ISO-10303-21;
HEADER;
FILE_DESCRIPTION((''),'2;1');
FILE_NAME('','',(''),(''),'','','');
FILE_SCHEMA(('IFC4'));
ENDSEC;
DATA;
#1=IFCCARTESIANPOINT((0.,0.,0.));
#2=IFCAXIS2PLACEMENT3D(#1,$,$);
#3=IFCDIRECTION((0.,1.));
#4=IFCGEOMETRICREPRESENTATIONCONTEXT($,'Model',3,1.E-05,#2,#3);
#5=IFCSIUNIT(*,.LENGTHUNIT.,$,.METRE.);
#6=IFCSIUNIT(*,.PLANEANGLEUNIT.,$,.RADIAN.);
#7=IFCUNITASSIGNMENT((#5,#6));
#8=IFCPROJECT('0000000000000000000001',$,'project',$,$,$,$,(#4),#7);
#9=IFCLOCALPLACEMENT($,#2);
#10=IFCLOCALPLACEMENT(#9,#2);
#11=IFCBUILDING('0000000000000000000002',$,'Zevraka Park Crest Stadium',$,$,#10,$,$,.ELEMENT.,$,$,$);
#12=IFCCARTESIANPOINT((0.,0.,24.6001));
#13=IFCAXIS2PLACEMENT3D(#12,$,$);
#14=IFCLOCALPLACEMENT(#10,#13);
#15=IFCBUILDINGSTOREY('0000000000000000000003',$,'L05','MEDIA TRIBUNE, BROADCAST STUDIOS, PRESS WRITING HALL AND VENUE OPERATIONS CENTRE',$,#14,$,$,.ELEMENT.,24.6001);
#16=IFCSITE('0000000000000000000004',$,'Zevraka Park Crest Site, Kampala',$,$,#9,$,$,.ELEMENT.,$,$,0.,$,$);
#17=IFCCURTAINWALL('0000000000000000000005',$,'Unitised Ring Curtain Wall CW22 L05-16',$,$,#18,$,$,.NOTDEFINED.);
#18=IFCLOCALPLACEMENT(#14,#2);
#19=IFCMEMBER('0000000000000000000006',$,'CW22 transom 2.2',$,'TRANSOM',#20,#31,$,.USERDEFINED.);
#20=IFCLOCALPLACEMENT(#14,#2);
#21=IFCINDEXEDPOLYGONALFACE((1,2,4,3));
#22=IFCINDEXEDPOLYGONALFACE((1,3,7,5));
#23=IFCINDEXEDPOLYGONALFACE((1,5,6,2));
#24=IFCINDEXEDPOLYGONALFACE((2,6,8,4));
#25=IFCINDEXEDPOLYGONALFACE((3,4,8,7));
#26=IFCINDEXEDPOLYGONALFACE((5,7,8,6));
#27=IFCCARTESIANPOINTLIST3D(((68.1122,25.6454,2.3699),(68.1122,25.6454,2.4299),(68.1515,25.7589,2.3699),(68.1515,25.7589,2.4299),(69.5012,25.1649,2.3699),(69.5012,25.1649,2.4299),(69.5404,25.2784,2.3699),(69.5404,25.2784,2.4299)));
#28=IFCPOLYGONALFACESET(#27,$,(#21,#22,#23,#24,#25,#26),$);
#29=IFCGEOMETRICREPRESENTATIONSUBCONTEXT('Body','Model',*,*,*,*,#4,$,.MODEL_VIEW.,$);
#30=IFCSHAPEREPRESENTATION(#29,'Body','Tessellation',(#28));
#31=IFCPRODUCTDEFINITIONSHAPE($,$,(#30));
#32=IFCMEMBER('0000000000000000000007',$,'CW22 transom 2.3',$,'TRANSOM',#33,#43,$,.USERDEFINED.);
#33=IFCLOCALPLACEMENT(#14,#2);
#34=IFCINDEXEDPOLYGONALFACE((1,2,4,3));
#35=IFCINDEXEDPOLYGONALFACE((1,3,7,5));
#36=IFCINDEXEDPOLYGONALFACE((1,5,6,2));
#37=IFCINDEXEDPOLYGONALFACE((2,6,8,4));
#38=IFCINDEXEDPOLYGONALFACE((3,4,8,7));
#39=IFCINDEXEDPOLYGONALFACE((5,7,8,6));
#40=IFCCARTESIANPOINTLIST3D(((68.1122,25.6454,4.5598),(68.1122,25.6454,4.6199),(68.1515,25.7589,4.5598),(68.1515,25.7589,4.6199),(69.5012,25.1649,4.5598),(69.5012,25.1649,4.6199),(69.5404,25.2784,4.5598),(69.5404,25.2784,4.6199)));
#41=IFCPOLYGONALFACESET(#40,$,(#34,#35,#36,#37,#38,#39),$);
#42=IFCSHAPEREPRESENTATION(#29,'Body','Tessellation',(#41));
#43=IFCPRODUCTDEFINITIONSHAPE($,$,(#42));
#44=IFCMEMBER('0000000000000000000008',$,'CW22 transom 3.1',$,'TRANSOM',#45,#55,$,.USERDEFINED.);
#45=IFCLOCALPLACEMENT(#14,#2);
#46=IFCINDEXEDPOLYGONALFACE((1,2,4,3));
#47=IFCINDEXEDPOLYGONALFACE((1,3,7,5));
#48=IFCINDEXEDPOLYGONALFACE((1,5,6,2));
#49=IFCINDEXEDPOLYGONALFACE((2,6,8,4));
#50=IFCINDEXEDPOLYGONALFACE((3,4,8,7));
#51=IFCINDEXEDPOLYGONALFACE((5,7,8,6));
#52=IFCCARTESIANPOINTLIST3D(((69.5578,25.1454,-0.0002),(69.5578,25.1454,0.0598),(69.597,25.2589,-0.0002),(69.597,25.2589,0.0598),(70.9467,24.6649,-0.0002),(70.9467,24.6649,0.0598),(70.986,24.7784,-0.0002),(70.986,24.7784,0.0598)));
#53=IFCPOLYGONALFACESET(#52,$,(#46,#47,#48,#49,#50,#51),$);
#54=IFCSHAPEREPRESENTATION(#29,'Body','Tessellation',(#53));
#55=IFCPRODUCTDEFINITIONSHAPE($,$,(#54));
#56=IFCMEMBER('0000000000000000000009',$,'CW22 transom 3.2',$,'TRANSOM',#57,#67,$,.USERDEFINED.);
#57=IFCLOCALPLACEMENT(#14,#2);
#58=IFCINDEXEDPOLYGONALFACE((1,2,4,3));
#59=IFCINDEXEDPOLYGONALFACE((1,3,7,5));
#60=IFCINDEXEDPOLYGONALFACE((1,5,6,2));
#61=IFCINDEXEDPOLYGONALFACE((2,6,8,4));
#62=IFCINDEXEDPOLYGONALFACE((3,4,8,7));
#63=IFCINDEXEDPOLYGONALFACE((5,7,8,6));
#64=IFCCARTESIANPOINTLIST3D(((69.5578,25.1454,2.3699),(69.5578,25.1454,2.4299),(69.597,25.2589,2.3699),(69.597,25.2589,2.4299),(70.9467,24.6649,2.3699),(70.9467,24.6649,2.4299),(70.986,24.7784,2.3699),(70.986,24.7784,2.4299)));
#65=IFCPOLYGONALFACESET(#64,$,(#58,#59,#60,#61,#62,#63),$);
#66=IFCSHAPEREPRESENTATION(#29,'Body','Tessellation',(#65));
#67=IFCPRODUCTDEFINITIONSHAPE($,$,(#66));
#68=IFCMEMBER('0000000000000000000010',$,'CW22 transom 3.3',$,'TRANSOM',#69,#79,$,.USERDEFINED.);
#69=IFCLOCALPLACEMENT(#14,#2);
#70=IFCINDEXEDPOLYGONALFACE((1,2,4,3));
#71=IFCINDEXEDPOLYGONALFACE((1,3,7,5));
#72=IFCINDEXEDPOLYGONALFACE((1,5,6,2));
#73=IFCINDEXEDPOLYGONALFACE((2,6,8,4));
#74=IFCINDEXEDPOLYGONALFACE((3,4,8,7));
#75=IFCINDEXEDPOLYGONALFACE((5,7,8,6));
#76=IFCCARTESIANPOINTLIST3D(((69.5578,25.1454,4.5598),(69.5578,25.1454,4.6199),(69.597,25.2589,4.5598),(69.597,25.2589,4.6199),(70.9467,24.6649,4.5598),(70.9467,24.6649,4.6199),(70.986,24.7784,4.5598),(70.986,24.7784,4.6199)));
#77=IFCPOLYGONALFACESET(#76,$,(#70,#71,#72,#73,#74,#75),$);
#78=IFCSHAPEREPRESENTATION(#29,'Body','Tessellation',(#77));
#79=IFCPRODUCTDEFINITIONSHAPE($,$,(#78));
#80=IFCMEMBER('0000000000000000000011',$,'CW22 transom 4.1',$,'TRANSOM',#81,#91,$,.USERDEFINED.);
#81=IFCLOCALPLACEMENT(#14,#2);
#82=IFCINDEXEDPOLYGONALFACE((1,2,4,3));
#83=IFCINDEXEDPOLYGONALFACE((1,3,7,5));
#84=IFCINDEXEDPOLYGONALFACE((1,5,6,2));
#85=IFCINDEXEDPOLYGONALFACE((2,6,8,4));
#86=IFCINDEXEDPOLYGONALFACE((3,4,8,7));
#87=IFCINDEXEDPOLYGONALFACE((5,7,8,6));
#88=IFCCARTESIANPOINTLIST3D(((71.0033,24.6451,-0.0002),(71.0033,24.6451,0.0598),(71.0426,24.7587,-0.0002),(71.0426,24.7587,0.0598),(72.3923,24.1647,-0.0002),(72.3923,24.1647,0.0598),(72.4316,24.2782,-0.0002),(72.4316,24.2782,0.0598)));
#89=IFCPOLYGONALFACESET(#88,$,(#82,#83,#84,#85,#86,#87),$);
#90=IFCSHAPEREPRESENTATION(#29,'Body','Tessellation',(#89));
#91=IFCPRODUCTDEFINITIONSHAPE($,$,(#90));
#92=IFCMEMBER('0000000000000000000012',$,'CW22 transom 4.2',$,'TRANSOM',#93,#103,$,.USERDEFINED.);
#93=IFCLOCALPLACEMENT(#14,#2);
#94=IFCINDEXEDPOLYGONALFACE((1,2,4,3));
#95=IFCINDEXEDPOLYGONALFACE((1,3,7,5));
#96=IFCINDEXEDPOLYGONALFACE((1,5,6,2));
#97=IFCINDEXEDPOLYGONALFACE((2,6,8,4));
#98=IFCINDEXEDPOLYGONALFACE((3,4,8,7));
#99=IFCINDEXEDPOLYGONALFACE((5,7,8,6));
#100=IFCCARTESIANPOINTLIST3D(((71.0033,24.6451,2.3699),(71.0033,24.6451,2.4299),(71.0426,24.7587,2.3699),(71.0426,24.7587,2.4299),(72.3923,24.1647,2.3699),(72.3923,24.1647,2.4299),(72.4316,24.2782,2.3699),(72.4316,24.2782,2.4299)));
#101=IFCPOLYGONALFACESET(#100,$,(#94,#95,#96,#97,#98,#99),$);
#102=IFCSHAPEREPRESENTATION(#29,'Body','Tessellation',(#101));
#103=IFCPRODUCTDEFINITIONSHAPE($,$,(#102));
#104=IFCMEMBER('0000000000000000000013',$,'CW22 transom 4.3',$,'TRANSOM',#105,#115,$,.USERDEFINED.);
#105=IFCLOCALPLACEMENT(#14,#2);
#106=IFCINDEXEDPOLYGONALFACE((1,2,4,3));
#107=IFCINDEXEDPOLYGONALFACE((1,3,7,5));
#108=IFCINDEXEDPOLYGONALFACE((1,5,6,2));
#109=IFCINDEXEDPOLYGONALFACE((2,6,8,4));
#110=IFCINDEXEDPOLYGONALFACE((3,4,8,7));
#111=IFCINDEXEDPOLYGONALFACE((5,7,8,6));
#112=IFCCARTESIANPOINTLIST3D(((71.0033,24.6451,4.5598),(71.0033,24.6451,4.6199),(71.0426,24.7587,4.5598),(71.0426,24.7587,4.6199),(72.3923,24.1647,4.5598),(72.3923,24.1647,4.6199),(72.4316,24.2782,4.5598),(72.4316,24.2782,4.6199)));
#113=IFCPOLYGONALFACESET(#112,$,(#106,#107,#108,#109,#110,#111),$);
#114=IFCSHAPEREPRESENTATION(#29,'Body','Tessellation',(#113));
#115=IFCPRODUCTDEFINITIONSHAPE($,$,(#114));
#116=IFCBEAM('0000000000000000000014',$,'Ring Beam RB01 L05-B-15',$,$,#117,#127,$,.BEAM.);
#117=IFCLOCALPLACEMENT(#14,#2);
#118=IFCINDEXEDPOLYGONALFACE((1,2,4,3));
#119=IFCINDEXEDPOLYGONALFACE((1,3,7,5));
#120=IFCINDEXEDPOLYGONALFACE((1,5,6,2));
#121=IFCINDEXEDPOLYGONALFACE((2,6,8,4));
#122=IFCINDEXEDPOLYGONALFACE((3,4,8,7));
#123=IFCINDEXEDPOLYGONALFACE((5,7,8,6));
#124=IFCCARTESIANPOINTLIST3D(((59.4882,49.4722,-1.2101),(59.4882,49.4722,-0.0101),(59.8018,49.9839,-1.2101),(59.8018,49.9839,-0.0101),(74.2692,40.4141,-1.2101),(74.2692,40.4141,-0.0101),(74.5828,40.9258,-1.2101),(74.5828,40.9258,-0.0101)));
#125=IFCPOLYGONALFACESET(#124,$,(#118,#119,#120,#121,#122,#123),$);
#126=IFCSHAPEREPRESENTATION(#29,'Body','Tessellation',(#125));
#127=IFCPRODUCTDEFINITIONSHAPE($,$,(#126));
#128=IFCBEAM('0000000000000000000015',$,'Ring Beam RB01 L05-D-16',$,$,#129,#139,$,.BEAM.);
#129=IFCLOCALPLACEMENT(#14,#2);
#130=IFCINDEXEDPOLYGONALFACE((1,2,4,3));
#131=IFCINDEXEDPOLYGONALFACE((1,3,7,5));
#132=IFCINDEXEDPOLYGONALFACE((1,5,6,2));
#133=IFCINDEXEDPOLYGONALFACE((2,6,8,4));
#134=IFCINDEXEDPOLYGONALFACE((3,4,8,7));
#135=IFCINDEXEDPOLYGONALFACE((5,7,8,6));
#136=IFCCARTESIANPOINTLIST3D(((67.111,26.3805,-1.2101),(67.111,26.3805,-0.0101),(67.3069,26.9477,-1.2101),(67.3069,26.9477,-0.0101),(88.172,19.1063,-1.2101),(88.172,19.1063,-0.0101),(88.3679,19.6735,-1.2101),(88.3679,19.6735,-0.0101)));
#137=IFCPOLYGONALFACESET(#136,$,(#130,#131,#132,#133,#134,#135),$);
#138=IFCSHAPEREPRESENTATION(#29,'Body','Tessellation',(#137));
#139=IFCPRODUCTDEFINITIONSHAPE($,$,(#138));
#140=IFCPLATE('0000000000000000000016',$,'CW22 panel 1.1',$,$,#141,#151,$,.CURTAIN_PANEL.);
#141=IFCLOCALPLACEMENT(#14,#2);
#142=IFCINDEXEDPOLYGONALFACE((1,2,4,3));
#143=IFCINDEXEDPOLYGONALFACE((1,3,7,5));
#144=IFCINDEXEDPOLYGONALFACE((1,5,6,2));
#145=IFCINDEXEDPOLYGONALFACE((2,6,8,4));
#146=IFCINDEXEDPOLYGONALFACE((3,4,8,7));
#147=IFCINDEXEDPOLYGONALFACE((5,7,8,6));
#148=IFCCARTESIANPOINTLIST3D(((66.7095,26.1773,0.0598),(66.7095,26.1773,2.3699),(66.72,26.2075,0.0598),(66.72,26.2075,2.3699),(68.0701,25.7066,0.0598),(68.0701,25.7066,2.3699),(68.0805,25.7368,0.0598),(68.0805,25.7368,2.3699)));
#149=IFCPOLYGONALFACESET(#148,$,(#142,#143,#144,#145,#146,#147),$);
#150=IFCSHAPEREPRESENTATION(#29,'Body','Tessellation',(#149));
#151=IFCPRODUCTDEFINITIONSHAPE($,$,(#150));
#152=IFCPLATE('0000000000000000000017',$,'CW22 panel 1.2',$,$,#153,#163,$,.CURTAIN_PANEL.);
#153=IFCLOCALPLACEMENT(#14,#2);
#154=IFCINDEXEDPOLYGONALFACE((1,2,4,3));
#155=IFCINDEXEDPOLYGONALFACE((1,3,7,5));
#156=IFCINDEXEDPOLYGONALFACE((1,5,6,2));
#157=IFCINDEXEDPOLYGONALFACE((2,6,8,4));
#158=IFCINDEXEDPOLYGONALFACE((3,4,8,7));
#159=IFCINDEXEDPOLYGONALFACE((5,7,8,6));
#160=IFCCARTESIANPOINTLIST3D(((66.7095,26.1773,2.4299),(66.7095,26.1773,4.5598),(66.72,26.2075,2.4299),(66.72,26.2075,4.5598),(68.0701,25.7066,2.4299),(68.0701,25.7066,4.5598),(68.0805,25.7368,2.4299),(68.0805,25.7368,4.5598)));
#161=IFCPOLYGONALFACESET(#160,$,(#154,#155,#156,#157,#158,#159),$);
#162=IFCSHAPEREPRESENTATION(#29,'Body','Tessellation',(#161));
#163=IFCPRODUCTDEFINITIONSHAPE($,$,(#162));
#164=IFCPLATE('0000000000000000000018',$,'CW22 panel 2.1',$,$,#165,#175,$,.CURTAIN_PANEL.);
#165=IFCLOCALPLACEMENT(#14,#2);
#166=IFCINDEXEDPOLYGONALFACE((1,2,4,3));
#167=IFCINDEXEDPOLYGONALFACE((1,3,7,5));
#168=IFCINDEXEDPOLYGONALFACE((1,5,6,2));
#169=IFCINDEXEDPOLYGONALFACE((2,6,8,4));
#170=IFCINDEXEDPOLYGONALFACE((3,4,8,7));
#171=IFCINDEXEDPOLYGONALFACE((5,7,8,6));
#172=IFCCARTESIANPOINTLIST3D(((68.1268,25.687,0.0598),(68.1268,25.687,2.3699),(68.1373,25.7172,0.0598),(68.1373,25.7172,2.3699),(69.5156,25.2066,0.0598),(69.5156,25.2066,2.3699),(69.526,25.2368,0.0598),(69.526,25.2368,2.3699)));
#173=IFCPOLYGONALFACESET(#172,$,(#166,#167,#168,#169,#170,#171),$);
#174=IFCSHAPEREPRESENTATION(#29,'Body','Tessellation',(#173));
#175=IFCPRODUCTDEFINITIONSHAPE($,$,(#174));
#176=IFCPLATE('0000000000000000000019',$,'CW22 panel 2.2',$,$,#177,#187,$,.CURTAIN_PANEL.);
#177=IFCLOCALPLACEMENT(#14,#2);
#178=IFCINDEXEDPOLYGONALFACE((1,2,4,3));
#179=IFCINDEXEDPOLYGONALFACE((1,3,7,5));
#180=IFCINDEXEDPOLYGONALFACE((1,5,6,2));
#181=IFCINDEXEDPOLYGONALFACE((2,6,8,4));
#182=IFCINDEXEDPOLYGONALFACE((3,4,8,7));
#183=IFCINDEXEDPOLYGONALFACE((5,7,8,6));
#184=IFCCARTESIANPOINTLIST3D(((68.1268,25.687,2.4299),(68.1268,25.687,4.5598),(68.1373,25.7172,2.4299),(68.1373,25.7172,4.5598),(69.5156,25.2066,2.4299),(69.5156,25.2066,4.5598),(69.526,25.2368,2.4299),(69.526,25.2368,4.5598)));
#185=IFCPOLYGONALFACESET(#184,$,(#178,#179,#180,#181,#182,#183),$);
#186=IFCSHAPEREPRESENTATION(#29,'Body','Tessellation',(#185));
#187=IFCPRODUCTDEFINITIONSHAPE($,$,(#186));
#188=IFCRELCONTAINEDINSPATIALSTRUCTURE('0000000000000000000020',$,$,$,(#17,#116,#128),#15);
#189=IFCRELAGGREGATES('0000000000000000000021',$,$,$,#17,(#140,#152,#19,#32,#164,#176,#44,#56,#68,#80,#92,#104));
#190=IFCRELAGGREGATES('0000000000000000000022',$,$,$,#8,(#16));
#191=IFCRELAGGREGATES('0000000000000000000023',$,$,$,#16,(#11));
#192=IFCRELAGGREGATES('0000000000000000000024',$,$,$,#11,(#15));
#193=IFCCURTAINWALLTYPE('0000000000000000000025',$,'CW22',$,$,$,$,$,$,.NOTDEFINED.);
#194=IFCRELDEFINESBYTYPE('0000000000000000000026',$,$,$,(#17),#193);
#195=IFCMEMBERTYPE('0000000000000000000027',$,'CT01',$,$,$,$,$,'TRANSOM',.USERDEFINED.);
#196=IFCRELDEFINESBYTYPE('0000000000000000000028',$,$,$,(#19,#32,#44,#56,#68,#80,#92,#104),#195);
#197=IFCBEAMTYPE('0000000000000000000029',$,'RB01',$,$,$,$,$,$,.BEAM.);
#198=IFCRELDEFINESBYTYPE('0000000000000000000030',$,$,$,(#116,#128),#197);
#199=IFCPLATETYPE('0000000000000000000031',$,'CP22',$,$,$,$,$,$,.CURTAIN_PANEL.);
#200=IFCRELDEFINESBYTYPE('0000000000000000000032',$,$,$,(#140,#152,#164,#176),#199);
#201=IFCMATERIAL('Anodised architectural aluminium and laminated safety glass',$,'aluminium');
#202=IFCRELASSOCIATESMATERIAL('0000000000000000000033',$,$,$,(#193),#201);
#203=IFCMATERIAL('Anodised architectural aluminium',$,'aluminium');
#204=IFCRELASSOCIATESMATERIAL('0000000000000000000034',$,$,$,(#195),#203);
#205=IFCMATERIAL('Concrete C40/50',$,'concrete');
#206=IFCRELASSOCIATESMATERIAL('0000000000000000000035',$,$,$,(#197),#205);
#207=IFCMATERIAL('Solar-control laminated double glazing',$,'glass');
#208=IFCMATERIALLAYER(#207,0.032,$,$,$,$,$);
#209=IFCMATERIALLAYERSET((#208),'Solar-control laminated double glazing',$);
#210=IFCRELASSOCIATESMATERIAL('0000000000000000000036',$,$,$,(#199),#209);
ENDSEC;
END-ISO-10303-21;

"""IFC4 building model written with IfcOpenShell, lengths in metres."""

from ifc_helpers import new_model, si_unit, direction, frame, origin, origin_2d, place, context, subcontext, project, spatial, rectangle, extrude, material, layer, layer_set, material_profile, profile_set, type_object, element, aggregate, save


model = new_model("IFC4")

# Units and contexts
model_context = context("Model", 3, precision=1e-05, world=origin(), true_north=direction((0.0, 1.0)))
body_context = subcontext(model_context, "Body", "Model", "MODEL_VIEW")
ifc_project = project(units=[si_unit("LENGTHUNIT", "METRE"), si_unit("PLANEANGLEUNIT", "RADIAN")], contexts=[model_context])

# Site, building, storey
site_placement = place(None, origin())
site = spatial("IfcSite", under=ifc_project, at=site_placement, Name="Zevraka Park Crest Site, Kampala", CompositionType="ELEMENT", RefElevation=0.0)
building_placement = place(site_placement, origin())
building = spatial("IfcBuilding", under=site, at=building_placement, Name="Zevraka Park Crest Stadium", CompositionType="ELEMENT")
storey_placement = place(building_placement, frame((0.0, 0.0, 24.6001)))
storey = spatial("IfcBuildingStorey", under=building, at=storey_placement, Name="L05", Description="MEDIA TRIBUNE, BROADCAST STUDIOS, PRESS WRITING HALL AND VENUE OPERATIONS CENTRE", CompositionType="ELEMENT", Elevation=24.6001)

# Curtain wall, members
ifc_material_1 = material(Name="Anodised architectural aluminium and laminated safety glass", Category="aluminium")
curtain_wall_type = type_object("IfcCurtainWallType", Name="CW22", PredefinedType="NOTDEFINED", material=ifc_material_1)
curtain_wall_placement = place(storey_placement, origin())
curtain_wall = element("IfcCurtainWall", 1, at=curtain_wall_placement, inside=storey, type_object=curtain_wall_type, Name="Unitised Ring Curtain Wall CW22 L05-16", PredefinedType="NOTDEFINED")
ifc_material_2 = material(Name="Anodised architectural aluminium", Category="aluminium")
ifc_material_profile_1 = material_profile(ifc_material_2, rectangle(XDim=0.1201, YDim=0.0601, at=origin_2d()), Name="ALU TRANSOM 120x60")
ifc_profile_set_1 = profile_set([ifc_material_profile_1], Name="Anodised architectural aluminium")
member_type_1 = type_object("IfcMemberType", Name="CT01", ElementType="TRANSOM", PredefinedType="USERDEFINED", material=ifc_profile_set_1)
member_1_placement = place(storey_placement, frame((68.1318, 25.7021, 2.3999), z_axis=(0.945051, -0.326922, 0.0), x_axis=(0.326922, 0.945051, 0.0)))
member_1 = element("IfcMember", 2, at=member_1_placement, type_object=member_type_1, Name="CW22 transom 2.2", ObjectType="TRANSOM", PredefinedType="USERDEFINED", context=body_context, shape_type="SweptSolid", body=[
    extrude(rectangle(XDim=0.1201, YDim=0.0601, at=origin_2d()), origin(), (0.0, 0.0, 1.0), 1.4697),
])
member_2_placement = place(storey_placement, frame((68.1318, 25.7021, 4.5898), z_axis=(0.945051, -0.326922, 0.0), x_axis=(0.326922, 0.945051, 0.0)))
member_2 = element("IfcMember", 3, at=member_2_placement, type_object=member_type_1, Name="CW22 transom 2.3", ObjectType="TRANSOM", PredefinedType="USERDEFINED", context=body_context, shape_type="SweptSolid", body=[
    extrude(rectangle(XDim=0.1201, YDim=0.0601, at=origin_2d()), origin(), (0.0, 0.0, 1.0), 1.4697),
])
member_3_placement = place(storey_placement, frame((69.5774, 25.2021, 0.0298), z_axis=(0.945051, -0.326922, 0.0), x_axis=(0.326922, 0.945051, 0.0)))
member_3 = element("IfcMember", 4, at=member_3_placement, type_object=member_type_1, Name="CW22 transom 3.1", ObjectType="TRANSOM", PredefinedType="USERDEFINED", context=body_context, shape_type="SweptSolid", body=[
    extrude(rectangle(XDim=0.1201, YDim=0.0601, at=origin_2d()), origin(), (0.0, 0.0, 1.0), 1.4697),
])
member_4_placement = place(storey_placement, frame((69.5774, 25.2021, 2.3999), z_axis=(0.945051, -0.326922, 0.0), x_axis=(0.326922, 0.945051, 0.0)))
member_4 = element("IfcMember", 5, at=member_4_placement, type_object=member_type_1, Name="CW22 transom 3.2", ObjectType="TRANSOM", PredefinedType="USERDEFINED", context=body_context, shape_type="SweptSolid", body=[
    extrude(rectangle(XDim=0.1201, YDim=0.0601, at=origin_2d()), origin(), (0.0, 0.0, 1.0), 1.4697),
])
member_5_placement = place(storey_placement, frame((69.5774, 25.2021, 4.5898), z_axis=(0.945051, -0.326922, 0.0), x_axis=(0.326922, 0.945051, 0.0)))
member_5 = element("IfcMember", 6, at=member_5_placement, type_object=member_type_1, Name="CW22 transom 3.3", ObjectType="TRANSOM", PredefinedType="USERDEFINED", context=body_context, shape_type="SweptSolid", body=[
    extrude(rectangle(XDim=0.1201, YDim=0.0601, at=origin_2d()), origin(), (0.0, 0.0, 1.0), 1.4697),
])
member_6_placement = place(storey_placement, frame((71.0229, 24.7019, 0.0298), z_axis=(0.945051, -0.326922, 0.0), x_axis=(0.326922, 0.945051, 0.0)))
member_6 = element("IfcMember", 7, at=member_6_placement, type_object=member_type_1, Name="CW22 transom 4.1", ObjectType="TRANSOM", PredefinedType="USERDEFINED", context=body_context, shape_type="SweptSolid", body=[
    extrude(rectangle(XDim=0.1201, YDim=0.0601, at=origin_2d()), origin(), (0.0, 0.0, 1.0), 1.4697),
])
member_7_placement = place(storey_placement, frame((71.0229, 24.7019, 2.3999), z_axis=(0.945051, -0.326922, 0.0), x_axis=(0.326922, 0.945051, 0.0)))
member_7 = element("IfcMember", 8, at=member_7_placement, type_object=member_type_1, Name="CW22 transom 4.2", ObjectType="TRANSOM", PredefinedType="USERDEFINED", context=body_context, shape_type="SweptSolid", body=[
    extrude(rectangle(XDim=0.1201, YDim=0.0601, at=origin_2d()), origin(), (0.0, 0.0, 1.0), 1.4697),
])
member_8_placement = place(storey_placement, frame((71.0229, 24.7019, 4.5898), z_axis=(0.945051, -0.326922, 0.0), x_axis=(0.326922, 0.945051, 0.0)))
member_8 = element("IfcMember", 9, at=member_8_placement, type_object=member_type_1, Name="CW22 transom 4.3", ObjectType="TRANSOM", PredefinedType="USERDEFINED", context=body_context, shape_type="SweptSolid", body=[
    extrude(rectangle(XDim=0.1201, YDim=0.0601, at=origin_2d()), origin(), (0.0, 0.0, 1.0), 1.4697),
])

# Beams
ifc_material_3 = material(Name="Concrete C40/50", Category="concrete")
ifc_material_profile_2 = material_profile(ifc_material_3, rectangle(XDim=0.6001, YDim=1.2, at=origin_2d()), Name="RC 1200x600")
ifc_profile_set_2 = profile_set([ifc_material_profile_2], Name="Concrete C40/50")
beam_type_1 = type_object("IfcBeamType", Name="RB01", PredefinedType="BEAM", material=ifc_profile_set_2)
beam_1_placement = place(storey_placement, frame((59.645, 49.728, -0.6101), z_axis=(0.852633, -0.522511, 0.0), x_axis=(0.522511, 0.852633, 0.0)))
element("IfcBeam", 10, at=beam_1_placement, inside=storey, type_object=beam_type_1, Name="Ring Beam RB01 L05-B-15", PredefinedType="BEAM", context=body_context, shape_type="SweptSolid", body=[
    extrude(rectangle(XDim=0.6001, YDim=1.2, at=origin_2d()), origin(), (0.0, 0.0, 1.0), 17.3357),
])
beam_2_placement = place(storey_placement, frame((67.209, 26.6641, -0.6101), z_axis=(0.94521, -0.326462, 0.0), x_axis=(0.326462, 0.94521, 0.0)))
element("IfcBeam", 11, at=beam_2_placement, inside=storey, type_object=beam_type_1, Name="Ring Beam RB01 L05-D-16", PredefinedType="BEAM", context=body_context, shape_type="SweptSolid", body=[
    extrude(rectangle(XDim=0.6001, YDim=1.2, at=origin_2d()), origin(), (0.0, 0.0, 1.0), 22.2817),
])

# Plates
ifc_material_4 = material(Name="Solar-control laminated double glazing", Category="glass")
ifc_layer_1 = layer(ifc_material_4, 0.032)
ifc_layer_set_1 = layer_set([ifc_layer_1], Name="Solar-control laminated double glazing")
plate_type = type_object("IfcPlateType", Name="CP22", PredefinedType="CURTAIN_PANEL", material=ifc_layer_set_1)
plate_1_placement = place(storey_placement, frame((67.395, 25.957, 0.0598), z_axis=(0.0, 0.0, 1.0), x_axis=(0.945049, -0.326929, 0.0)))
plate_1 = element("IfcPlate", 12, at=plate_1_placement, type_object=plate_type, Name="CW22 panel 1.1", PredefinedType="CURTAIN_PANEL", context=body_context, shape_type="SweptSolid", body=[
    extrude(rectangle(XDim=1.4397, YDim=0.032, at=origin_2d()), origin(), (0.0, 0.0, 1.0), 2.3101),
])
plate_2_placement = place(storey_placement, frame((67.395, 25.957, 2.4299), z_axis=(0.0, 0.0, 1.0), x_axis=(0.945049, -0.326929, 0.0)))
plate_2 = element("IfcPlate", 13, at=plate_2_placement, type_object=plate_type, Name="CW22 panel 1.2", PredefinedType="CURTAIN_PANEL", context=body_context, shape_type="SweptSolid", body=[
    extrude(rectangle(XDim=1.4397, YDim=0.032, at=origin_2d()), origin(), (0.0, 0.0, 1.0), 2.1299),
])
plate_3_placement = place(storey_placement, frame((68.8264, 25.4619, 0.0598), z_axis=(0.0, 0.0, 1.0), x_axis=(0.945049, -0.326929, 0.0)))
plate_3 = element("IfcPlate", 14, at=plate_3_placement, type_object=plate_type, Name="CW22 panel 2.1", PredefinedType="CURTAIN_PANEL", context=body_context, shape_type="SweptSolid", body=[
    extrude(rectangle(XDim=1.4695, YDim=0.032, at=origin_2d()), origin(), (0.0, 0.0, 1.0), 2.3101),
])
plate_4_placement = place(storey_placement, frame((68.8264, 25.4619, 2.4299), z_axis=(0.0, 0.0, 1.0), x_axis=(0.945049, -0.326929, 0.0)))
plate_4 = element("IfcPlate", 15, at=plate_4_placement, type_object=plate_type, Name="CW22 panel 2.2", PredefinedType="CURTAIN_PANEL", context=body_context, shape_type="SweptSolid", body=[
    extrude(rectangle(XDim=1.4695, YDim=0.032, at=origin_2d()), origin(), (0.0, 0.0, 1.0), 2.1299),
])
aggregate(curtain_wall, [plate_1, plate_2, member_1, member_2, plate_3, plate_4, member_3, member_4, member_5, member_6, member_7, member_8])

save(model, "model.ifc")
